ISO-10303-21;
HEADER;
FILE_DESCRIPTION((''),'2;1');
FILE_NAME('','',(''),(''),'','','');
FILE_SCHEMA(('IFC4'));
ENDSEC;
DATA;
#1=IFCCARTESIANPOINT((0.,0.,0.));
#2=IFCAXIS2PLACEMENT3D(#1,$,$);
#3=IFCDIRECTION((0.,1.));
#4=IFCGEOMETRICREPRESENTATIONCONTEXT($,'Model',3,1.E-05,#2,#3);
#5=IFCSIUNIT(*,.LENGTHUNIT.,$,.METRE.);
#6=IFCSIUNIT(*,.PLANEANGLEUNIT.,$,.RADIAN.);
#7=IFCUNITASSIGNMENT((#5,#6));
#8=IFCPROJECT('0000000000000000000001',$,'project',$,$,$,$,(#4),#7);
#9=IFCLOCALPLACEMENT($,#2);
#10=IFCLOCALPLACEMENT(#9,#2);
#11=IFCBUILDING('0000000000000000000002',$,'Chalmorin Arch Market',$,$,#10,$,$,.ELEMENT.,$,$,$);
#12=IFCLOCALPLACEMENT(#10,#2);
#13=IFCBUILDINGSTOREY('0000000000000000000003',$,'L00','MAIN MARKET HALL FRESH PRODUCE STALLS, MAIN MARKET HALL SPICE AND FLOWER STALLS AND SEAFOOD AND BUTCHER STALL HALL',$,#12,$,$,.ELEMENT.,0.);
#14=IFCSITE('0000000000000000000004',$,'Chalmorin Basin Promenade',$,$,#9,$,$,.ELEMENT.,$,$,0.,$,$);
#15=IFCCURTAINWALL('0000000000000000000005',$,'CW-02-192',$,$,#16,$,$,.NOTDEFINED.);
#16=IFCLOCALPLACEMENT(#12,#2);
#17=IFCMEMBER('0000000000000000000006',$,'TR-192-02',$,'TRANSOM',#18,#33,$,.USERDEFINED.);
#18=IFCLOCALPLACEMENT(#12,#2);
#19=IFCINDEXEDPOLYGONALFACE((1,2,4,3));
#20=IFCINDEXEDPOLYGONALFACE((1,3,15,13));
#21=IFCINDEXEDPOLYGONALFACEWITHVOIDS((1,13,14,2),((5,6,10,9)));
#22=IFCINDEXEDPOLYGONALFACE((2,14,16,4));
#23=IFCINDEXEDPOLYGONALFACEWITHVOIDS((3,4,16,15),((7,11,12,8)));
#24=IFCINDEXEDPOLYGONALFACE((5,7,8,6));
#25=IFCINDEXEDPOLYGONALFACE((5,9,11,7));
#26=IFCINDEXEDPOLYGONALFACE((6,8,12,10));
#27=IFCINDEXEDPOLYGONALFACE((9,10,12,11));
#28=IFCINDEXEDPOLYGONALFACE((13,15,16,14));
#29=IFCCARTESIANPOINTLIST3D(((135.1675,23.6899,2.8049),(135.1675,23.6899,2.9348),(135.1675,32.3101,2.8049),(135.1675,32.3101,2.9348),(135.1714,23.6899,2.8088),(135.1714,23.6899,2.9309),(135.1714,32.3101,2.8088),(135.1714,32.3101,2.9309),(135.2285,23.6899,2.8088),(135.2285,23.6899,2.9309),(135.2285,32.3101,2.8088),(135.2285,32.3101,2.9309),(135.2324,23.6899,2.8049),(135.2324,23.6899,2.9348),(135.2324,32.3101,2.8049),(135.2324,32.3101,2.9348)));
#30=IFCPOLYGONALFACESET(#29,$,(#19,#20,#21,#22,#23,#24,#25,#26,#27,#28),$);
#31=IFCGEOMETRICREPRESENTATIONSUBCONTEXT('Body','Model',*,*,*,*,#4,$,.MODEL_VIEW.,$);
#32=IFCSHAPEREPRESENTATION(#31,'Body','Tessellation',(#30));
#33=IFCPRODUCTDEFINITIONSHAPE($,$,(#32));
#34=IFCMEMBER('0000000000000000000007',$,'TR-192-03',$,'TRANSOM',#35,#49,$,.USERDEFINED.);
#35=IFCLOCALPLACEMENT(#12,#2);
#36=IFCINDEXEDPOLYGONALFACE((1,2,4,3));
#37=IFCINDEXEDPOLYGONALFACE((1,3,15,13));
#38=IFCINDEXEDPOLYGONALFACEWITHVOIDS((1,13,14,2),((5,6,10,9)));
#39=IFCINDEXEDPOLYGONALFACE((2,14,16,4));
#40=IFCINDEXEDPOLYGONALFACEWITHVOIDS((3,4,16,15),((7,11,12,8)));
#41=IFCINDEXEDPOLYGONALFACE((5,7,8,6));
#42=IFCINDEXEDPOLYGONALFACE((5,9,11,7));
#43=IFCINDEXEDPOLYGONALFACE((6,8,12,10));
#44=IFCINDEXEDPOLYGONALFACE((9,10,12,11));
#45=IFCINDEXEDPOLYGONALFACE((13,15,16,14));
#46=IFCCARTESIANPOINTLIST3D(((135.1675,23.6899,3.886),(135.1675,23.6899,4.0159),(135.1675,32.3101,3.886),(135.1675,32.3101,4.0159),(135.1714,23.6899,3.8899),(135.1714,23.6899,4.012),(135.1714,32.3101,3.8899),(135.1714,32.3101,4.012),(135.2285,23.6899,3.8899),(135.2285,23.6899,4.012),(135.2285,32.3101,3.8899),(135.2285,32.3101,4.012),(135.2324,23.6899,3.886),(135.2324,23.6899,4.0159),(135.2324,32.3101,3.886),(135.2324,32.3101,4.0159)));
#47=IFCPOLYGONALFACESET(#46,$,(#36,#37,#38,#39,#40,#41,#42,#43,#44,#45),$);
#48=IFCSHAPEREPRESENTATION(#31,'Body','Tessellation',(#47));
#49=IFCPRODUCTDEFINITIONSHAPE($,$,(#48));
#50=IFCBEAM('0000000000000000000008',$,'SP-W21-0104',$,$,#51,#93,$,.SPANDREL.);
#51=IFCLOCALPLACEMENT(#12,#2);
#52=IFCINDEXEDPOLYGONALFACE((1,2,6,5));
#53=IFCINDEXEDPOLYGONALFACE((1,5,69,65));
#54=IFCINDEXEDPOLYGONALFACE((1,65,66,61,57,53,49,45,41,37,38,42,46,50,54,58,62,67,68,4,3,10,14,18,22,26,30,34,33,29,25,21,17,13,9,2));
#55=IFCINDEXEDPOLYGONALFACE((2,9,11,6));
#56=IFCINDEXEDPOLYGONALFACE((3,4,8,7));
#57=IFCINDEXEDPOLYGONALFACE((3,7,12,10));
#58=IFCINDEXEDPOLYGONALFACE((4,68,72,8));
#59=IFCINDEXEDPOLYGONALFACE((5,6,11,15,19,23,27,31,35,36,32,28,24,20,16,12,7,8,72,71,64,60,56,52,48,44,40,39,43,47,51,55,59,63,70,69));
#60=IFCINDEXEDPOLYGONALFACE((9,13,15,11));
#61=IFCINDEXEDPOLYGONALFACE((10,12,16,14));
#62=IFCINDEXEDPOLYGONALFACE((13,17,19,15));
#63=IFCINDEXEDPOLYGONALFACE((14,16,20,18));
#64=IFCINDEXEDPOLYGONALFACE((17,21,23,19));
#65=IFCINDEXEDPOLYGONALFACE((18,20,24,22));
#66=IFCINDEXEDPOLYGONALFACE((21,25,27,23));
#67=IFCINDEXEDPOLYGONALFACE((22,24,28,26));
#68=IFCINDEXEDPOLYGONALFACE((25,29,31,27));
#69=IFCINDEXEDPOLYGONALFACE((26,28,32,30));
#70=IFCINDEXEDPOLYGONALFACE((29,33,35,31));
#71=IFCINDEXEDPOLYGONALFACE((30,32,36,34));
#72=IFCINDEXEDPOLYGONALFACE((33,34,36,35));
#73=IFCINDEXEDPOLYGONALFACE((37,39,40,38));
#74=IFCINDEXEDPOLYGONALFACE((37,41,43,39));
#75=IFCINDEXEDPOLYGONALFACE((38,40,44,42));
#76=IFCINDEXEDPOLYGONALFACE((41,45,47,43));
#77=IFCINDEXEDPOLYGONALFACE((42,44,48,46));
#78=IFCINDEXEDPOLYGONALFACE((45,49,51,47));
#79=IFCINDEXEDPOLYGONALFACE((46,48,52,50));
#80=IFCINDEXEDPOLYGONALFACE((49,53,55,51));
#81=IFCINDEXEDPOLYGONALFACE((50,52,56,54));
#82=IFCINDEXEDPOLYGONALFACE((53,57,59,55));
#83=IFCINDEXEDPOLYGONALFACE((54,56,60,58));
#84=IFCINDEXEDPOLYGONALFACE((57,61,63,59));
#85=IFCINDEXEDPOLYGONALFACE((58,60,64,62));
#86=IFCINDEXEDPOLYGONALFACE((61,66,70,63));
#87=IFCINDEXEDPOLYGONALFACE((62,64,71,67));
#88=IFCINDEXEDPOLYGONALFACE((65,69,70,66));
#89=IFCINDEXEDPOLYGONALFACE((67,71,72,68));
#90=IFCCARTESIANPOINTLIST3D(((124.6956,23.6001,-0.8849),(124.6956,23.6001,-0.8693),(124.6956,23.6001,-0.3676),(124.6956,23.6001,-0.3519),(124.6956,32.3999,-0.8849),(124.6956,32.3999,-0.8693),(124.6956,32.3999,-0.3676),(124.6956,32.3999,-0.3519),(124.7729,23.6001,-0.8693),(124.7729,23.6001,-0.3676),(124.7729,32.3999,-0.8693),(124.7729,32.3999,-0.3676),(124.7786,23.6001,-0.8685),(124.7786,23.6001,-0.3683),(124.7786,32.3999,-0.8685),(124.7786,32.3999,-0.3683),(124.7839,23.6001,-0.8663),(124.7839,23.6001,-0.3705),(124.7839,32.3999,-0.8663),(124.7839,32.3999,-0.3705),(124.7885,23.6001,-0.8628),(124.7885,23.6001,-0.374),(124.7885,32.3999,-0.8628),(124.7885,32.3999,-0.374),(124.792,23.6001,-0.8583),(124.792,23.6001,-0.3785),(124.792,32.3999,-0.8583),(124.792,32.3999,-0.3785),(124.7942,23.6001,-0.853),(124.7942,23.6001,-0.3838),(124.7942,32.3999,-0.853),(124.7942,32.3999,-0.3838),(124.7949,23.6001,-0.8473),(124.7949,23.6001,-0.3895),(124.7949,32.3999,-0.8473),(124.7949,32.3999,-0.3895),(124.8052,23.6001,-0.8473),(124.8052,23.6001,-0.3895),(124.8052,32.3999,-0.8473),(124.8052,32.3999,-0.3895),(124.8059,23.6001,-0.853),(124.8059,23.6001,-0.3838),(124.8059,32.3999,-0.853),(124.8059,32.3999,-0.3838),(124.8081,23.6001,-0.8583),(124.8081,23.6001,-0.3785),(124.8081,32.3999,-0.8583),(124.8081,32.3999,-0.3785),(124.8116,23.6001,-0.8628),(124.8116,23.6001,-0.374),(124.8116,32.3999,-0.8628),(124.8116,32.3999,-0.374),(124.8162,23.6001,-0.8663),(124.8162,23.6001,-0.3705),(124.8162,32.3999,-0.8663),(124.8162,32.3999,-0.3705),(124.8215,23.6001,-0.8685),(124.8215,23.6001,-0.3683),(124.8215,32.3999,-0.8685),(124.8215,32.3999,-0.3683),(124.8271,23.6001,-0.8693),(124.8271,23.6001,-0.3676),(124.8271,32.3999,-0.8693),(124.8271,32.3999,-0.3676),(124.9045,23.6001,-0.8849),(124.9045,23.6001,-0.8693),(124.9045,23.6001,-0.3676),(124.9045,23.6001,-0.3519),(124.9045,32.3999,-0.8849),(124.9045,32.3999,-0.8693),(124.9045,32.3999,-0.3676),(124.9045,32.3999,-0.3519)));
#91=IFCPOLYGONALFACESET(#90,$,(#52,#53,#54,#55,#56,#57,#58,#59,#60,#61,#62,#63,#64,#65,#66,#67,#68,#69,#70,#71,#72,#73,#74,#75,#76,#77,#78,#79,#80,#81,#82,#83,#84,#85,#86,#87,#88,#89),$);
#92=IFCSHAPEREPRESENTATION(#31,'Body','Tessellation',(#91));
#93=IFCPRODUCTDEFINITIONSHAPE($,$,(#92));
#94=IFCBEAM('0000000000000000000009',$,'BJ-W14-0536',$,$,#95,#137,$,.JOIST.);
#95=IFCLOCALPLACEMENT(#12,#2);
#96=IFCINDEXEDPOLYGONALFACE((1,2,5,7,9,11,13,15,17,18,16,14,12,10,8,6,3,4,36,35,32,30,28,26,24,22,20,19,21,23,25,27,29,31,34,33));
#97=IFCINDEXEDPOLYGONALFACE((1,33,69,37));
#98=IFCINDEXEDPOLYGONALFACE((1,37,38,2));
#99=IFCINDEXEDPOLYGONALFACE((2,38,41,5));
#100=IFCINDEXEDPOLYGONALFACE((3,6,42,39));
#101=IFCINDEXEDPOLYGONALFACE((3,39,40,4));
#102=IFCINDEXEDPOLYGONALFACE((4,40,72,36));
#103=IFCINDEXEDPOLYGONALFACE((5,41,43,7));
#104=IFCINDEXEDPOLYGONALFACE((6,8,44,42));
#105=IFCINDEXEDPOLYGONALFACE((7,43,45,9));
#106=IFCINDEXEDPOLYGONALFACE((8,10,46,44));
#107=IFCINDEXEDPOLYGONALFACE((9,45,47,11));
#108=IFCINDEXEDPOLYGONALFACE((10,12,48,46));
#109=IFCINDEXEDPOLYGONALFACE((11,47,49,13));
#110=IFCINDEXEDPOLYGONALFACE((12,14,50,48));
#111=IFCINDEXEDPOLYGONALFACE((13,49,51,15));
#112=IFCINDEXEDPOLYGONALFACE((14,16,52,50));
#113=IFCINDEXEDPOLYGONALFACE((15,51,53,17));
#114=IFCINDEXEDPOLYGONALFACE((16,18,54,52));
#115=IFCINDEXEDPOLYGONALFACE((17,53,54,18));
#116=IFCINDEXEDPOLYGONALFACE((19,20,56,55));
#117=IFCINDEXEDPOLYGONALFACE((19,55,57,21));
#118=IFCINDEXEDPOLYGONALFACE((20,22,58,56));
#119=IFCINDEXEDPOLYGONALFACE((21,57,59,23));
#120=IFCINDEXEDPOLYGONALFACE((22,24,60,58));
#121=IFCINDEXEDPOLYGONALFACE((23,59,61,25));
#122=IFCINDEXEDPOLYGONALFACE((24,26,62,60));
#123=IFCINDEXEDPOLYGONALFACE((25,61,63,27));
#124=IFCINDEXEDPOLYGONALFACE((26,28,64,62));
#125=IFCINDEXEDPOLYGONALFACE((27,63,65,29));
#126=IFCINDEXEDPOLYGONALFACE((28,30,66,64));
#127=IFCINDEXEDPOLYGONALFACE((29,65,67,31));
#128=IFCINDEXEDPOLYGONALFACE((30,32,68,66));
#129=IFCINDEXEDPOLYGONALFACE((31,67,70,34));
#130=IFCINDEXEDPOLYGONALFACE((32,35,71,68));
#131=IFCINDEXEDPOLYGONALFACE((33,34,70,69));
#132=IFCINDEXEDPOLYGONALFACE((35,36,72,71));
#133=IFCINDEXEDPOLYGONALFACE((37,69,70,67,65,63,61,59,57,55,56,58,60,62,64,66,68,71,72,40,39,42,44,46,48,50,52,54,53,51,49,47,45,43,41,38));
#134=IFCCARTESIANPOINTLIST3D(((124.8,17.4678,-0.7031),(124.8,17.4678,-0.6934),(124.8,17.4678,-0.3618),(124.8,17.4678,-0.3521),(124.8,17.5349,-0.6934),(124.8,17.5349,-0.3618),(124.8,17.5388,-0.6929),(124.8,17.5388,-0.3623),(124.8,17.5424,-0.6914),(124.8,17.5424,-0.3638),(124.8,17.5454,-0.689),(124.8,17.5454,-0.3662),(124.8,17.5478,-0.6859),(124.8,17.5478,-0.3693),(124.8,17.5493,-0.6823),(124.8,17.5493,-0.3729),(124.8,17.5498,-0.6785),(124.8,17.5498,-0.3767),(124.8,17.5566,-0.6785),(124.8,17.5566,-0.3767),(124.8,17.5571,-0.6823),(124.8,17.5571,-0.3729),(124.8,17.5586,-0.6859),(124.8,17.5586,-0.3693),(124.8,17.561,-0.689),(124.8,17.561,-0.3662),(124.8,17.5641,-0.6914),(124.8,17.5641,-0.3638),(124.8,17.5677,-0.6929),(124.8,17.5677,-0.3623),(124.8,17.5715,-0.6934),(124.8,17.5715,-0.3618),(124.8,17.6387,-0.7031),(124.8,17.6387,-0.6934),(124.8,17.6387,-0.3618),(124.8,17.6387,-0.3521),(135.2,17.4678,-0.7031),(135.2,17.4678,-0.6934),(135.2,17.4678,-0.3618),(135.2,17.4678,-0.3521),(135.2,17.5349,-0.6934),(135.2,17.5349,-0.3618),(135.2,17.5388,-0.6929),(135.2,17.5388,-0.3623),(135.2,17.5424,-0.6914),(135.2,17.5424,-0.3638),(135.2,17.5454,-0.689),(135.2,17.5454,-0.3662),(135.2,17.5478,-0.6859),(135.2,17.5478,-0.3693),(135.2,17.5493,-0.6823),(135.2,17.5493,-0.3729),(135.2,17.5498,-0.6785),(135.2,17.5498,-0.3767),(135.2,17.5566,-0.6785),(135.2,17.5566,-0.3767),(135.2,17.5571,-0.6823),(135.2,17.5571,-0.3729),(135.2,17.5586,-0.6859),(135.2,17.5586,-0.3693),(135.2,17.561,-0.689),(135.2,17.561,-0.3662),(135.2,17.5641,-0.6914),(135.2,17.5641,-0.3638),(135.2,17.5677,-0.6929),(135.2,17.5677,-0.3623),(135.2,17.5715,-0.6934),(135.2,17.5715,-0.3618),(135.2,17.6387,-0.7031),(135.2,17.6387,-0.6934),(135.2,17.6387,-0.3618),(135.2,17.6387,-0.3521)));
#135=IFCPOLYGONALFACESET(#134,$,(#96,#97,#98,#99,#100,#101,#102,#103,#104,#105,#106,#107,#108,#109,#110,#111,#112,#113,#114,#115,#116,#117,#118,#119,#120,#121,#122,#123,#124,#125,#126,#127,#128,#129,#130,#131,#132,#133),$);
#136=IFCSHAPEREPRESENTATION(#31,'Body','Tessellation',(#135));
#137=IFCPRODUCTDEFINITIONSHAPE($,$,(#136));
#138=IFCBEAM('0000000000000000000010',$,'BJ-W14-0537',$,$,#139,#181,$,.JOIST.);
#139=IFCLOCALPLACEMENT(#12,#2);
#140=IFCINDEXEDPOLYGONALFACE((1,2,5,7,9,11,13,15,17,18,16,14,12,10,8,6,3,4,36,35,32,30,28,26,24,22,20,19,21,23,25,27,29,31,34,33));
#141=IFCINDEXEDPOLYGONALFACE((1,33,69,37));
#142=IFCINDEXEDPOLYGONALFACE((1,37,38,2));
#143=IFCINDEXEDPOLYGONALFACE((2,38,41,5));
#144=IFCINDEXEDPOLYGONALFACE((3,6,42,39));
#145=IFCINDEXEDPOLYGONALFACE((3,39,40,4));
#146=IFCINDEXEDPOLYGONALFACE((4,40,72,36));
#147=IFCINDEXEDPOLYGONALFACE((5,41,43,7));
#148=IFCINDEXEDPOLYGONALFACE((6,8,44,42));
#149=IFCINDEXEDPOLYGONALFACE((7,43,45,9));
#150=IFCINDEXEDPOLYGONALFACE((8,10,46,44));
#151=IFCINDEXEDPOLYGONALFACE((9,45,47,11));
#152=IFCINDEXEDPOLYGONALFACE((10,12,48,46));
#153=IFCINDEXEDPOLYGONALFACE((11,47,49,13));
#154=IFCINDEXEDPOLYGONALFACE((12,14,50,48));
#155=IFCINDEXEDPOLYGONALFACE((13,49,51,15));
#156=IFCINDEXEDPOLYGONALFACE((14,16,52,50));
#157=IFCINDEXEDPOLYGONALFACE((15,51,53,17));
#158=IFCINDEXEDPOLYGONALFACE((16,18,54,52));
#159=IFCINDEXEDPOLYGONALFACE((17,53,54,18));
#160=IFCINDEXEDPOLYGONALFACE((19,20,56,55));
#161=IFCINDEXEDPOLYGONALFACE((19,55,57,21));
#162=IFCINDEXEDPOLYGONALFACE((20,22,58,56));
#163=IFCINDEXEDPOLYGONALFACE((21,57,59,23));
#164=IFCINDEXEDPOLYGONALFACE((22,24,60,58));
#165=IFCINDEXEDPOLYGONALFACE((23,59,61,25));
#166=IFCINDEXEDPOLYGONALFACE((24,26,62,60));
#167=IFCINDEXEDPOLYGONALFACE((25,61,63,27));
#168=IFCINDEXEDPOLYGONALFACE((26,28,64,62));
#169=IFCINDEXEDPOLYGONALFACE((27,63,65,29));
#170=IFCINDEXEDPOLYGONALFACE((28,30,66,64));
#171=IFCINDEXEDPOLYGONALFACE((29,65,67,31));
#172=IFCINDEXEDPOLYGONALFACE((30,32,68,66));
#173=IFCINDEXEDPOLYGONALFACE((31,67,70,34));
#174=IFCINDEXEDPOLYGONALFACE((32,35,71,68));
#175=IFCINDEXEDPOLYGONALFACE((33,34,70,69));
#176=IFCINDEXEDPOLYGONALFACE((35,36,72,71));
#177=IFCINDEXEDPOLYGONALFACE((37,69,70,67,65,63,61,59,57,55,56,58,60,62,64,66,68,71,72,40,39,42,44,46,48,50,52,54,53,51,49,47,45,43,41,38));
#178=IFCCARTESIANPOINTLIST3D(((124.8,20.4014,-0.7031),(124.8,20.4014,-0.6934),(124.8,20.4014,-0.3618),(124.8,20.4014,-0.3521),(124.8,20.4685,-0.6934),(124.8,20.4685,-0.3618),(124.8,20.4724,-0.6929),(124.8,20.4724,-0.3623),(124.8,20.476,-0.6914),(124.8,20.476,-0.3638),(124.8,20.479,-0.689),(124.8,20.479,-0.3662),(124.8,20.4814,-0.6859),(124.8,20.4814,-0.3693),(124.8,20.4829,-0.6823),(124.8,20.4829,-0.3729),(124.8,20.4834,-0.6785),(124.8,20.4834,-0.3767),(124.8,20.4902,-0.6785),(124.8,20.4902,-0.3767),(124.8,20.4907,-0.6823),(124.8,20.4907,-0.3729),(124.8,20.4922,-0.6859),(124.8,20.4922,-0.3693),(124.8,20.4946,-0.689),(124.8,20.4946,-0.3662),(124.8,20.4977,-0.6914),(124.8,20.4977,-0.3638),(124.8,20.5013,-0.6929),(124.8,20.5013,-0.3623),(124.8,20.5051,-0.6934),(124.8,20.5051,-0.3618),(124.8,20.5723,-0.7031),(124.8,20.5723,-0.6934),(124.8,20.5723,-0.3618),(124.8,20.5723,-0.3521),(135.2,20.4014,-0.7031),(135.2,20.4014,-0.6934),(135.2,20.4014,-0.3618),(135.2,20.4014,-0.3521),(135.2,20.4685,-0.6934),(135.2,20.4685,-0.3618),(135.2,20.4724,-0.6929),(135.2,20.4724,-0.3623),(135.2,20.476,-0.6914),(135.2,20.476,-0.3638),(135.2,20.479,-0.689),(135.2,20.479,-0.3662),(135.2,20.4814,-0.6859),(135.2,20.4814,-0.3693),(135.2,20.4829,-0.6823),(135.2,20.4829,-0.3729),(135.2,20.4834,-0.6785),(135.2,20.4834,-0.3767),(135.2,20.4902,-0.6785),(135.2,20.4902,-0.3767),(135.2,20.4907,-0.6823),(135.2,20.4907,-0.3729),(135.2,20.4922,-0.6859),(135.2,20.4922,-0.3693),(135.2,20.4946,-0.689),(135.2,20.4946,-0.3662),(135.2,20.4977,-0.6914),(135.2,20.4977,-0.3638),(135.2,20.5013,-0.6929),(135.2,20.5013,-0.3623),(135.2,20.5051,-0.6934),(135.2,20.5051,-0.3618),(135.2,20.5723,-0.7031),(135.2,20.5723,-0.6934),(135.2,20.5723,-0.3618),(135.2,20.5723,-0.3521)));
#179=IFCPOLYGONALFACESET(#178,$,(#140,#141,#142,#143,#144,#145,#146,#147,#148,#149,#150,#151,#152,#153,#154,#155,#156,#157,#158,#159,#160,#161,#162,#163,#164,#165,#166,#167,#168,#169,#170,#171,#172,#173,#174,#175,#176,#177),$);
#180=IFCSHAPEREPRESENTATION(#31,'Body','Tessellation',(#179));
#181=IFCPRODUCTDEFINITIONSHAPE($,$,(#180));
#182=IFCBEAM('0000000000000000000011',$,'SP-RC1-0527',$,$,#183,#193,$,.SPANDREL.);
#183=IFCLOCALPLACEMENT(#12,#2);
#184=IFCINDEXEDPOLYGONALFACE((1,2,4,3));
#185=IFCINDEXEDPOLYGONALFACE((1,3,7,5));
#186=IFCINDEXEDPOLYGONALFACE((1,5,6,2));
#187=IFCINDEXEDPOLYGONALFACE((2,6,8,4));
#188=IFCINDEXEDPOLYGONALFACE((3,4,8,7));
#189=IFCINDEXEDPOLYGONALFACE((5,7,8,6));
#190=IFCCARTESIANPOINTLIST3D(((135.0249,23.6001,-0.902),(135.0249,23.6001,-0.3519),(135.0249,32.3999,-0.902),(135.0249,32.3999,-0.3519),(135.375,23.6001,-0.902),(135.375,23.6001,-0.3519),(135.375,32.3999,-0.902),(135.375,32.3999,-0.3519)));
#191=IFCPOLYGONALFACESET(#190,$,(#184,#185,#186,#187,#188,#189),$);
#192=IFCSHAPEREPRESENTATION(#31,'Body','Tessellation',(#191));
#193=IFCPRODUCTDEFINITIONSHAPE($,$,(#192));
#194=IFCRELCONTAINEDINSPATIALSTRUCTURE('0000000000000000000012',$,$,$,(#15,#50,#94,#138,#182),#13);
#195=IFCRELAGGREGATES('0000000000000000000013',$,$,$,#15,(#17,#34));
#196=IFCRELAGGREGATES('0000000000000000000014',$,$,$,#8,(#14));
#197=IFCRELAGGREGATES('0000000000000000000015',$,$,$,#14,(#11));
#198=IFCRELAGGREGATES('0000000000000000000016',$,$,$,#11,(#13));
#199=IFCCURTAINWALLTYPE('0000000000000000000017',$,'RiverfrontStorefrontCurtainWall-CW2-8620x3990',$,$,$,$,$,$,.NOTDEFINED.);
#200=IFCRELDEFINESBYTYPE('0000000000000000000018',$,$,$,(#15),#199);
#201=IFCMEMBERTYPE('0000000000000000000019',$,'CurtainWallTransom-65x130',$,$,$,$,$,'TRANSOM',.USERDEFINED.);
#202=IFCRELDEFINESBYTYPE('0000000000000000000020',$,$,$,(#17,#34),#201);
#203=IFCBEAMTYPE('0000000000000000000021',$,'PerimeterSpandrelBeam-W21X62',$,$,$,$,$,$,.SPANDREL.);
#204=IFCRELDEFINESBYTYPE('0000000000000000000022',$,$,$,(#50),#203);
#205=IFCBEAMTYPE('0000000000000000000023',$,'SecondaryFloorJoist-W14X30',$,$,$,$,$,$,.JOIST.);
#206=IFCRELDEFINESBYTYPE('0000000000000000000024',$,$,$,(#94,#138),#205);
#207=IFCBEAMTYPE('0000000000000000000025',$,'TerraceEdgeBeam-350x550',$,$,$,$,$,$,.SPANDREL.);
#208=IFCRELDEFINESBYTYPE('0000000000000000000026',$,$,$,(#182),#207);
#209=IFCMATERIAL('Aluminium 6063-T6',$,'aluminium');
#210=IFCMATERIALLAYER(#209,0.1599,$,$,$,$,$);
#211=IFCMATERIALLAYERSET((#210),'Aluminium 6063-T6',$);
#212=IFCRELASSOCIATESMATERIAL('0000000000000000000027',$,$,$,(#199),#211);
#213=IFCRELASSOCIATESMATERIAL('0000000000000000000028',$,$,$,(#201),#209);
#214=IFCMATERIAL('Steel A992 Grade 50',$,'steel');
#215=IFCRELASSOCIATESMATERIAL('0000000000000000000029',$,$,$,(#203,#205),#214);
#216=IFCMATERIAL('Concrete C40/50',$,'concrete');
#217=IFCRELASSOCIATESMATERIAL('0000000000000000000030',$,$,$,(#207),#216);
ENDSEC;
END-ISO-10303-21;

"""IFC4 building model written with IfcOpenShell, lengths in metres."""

from ifc_helpers import new_model, si_unit, direction, frame, origin, origin_2d, place, context, subcontext, project, spatial, rectangle, hollow_rectangle, i_section, extrude, material, layer, layer_set, material_profile, profile_set, type_object, element, aggregate, save


model = new_model("IFC4")

# Units and contexts
model_context = context("Model", 3, precision=1e-05, world=origin(), true_north=direction((0.0, 1.0)))
body_context = subcontext(model_context, "Body", "Model", "MODEL_VIEW")
ifc_project = project(units=[si_unit("LENGTHUNIT", "METRE"), si_unit("PLANEANGLEUNIT", "RADIAN")], contexts=[model_context])

# Site, building, storey
site_placement = place(None, origin())
site = spatial("IfcSite", under=ifc_project, at=site_placement, Name="Chalmorin Basin Promenade", CompositionType="ELEMENT", RefElevation=0.0)
building_placement = place(site_placement, origin())
building = spatial("IfcBuilding", under=site, at=building_placement, Name="Chalmorin Arch Market", CompositionType="ELEMENT")
storey_placement = place(building_placement, origin())
storey = spatial("IfcBuildingStorey", under=building, at=storey_placement, Name="L00", Description="MAIN MARKET HALL FRESH PRODUCE STALLS, MAIN MARKET HALL SPICE AND FLOWER STALLS AND SEAFOOD AND BUTCHER STALL HALL", CompositionType="ELEMENT", Elevation=0.0)

# Shared definitions
ifc_material_1 = material(Name="Steel A992 Grade 50", Category="steel")

# Shared definitions
ifc_material_2 = material(Name="Concrete C40/50", Category="concrete")

# Curtain wall, members
ifc_material_3 = material(Name="Aluminium 6063-T6", Category="aluminium")
ifc_layer_1 = layer(ifc_material_3, 0.1599)
ifc_layer_set_1 = layer_set([ifc_layer_1], Name="Aluminium 6063-T6")
curtain_wall_type = type_object("IfcCurtainWallType", Name="RiverfrontStorefrontCurtainWall-CW2-8620x3990", PredefinedType="NOTDEFINED", material=ifc_layer_set_1)
curtain_wall_1_placement = place(storey_placement, origin())
curtain_wall_1 = element("IfcCurtainWall", 1, at=curtain_wall_1_placement, inside=storey, type_object=curtain_wall_type, Name="CW-02-192", PredefinedType="NOTDEFINED")
ifc_material_profile_1 = material_profile(ifc_material_3, hollow_rectangle(XDim=0.0649, YDim=0.1299, WallThickness=0.0039, at=origin_2d()), Name="ALU65X130X4")
ifc_profile_set_1 = profile_set([ifc_material_profile_1], Name="Aluminium 6063-T6")
member_type_1 = type_object("IfcMemberType", Name="CurtainWallTransom-65x130", ElementType="TRANSOM", PredefinedType="USERDEFINED", material=ifc_profile_set_1)
member_1_placement = place(storey_placement, frame((135.2, 23.6899, 2.8699), z_axis=(0.0, 1.0, 0.0), x_axis=(-1.0, 0.0, 0.0)))
member_1 = element("IfcMember", 2, at=member_1_placement, type_object=member_type_1, Name="TR-192-02", ObjectType="TRANSOM", PredefinedType="USERDEFINED", context=body_context, shape_type="SweptSolid", body=[
    extrude(hollow_rectangle(XDim=0.0649, YDim=0.1299, WallThickness=0.0039, at=origin_2d()), origin(), (0.0, 0.0, 1.0), 8.6201),
])
member_2_placement = place(storey_placement, frame((135.2, 23.6899, 3.9509), z_axis=(0.0, 1.0, 0.0), x_axis=(-1.0, 0.0, 0.0)))
member_2 = element("IfcMember", 3, at=member_2_placement, type_object=member_type_1, Name="TR-192-03", ObjectType="TRANSOM", PredefinedType="USERDEFINED", context=body_context, shape_type="SweptSolid", body=[
    extrude(hollow_rectangle(XDim=0.0649, YDim=0.1299, WallThickness=0.0039, at=origin_2d()), origin(), (0.0, 0.0, 1.0), 8.6201),
])

# Beams
ifc_material_profile_2 = material_profile(ifc_material_1, i_section(OverallWidth=0.209, OverallDepth=0.533, WebThickness=0.0103, FlangeThickness=0.0156, FilletRadius=0.022, at=origin_2d()), Name="W21X62")
ifc_profile_set_2 = profile_set([ifc_material_profile_2], Name="Steel A992 Grade 50")
beam_type_1 = type_object("IfcBeamType", Name="PerimeterSpandrelBeam-W21X62", PredefinedType="SPANDREL", material=ifc_profile_set_2)
beam_1_placement = place(storey_placement, frame((124.8, 23.6001, -0.6184), z_axis=(0.0, 1.0, 0.0), x_axis=(-1.0, 0.0, 0.0)))
element("IfcBeam", 4, at=beam_1_placement, inside=storey, type_object=beam_type_1, Name="SP-W21-0104", PredefinedType="SPANDREL", context=body_context, shape_type="SweptSolid", body=[
    extrude(i_section(OverallWidth=0.209, OverallDepth=0.533, WebThickness=0.0103, FlangeThickness=0.0156, FilletRadius=0.022, at=origin_2d()), origin(), (0.0, 0.0, 1.0), 8.7998),
])
ifc_material_profile_3 = material_profile(ifc_material_1, i_section(OverallWidth=0.1709, OverallDepth=0.3511, WebThickness=0.0068, FlangeThickness=0.0098, FilletRadius=0.0149, at=origin_2d()), Name="W14X30")
ifc_profile_set_3 = profile_set([ifc_material_profile_3], Name="Steel A992 Grade 50")
beam_type_2 = type_object("IfcBeamType", Name="SecondaryFloorJoist-W14X30", PredefinedType="JOIST", material=ifc_profile_set_3)
for number, where, z_axis, x_axis, name in (
    (5, (124.8, 17.5532, -0.5276), (1.0, 0.0, 0.0), (0.0, 1.0, 0.0), "BJ-W14-0536"),
    (6, (124.8, 20.4868, -0.5276), (1.0, 0.0, 0.0), (0.0, 1.0, 0.0), "BJ-W14-0537"),
):
    element("IfcBeam", number, at=place(storey_placement, frame(where, z_axis=z_axis, x_axis=x_axis)), inside=storey, type_object=beam_type_2, Name=name, PredefinedType="JOIST", context=body_context, shape_type="SweptSolid", body=[
        extrude(i_section(OverallWidth=0.1709, OverallDepth=0.3511, WebThickness=0.0068, FlangeThickness=0.0098, FilletRadius=0.0149, at=origin_2d()), origin(), (0.0, 0.0, 1.0), 10.3999),
    ])
ifc_material_profile_4 = material_profile(ifc_material_2, rectangle(XDim=0.3501, YDim=0.55, at=origin_2d()), Name="RC350X550")
ifc_profile_set_4 = profile_set([ifc_material_profile_4], Name="Concrete C40/50")
beam_type_3 = type_object("IfcBeamType", Name="TerraceEdgeBeam-350x550", PredefinedType="SPANDREL", material=ifc_profile_set_4)
beam_2_placement = place(storey_placement, frame((135.2, 23.6001, -0.627), z_axis=(0.0, 1.0, 0.0), x_axis=(-1.0, 0.0, 0.0)))
element("IfcBeam", 7, at=beam_2_placement, inside=storey, type_object=beam_type_3, Name="SP-RC1-0527", PredefinedType="SPANDREL", context=body_context, shape_type="SweptSolid", body=[
    extrude(rectangle(XDim=0.3501, YDim=0.55, at=origin_2d()), origin(), (0.0, 0.0, 1.0), 8.7998),
])

aggregate(curtain_wall_1, [member_1, member_2])

save(model, "model.ifc")
